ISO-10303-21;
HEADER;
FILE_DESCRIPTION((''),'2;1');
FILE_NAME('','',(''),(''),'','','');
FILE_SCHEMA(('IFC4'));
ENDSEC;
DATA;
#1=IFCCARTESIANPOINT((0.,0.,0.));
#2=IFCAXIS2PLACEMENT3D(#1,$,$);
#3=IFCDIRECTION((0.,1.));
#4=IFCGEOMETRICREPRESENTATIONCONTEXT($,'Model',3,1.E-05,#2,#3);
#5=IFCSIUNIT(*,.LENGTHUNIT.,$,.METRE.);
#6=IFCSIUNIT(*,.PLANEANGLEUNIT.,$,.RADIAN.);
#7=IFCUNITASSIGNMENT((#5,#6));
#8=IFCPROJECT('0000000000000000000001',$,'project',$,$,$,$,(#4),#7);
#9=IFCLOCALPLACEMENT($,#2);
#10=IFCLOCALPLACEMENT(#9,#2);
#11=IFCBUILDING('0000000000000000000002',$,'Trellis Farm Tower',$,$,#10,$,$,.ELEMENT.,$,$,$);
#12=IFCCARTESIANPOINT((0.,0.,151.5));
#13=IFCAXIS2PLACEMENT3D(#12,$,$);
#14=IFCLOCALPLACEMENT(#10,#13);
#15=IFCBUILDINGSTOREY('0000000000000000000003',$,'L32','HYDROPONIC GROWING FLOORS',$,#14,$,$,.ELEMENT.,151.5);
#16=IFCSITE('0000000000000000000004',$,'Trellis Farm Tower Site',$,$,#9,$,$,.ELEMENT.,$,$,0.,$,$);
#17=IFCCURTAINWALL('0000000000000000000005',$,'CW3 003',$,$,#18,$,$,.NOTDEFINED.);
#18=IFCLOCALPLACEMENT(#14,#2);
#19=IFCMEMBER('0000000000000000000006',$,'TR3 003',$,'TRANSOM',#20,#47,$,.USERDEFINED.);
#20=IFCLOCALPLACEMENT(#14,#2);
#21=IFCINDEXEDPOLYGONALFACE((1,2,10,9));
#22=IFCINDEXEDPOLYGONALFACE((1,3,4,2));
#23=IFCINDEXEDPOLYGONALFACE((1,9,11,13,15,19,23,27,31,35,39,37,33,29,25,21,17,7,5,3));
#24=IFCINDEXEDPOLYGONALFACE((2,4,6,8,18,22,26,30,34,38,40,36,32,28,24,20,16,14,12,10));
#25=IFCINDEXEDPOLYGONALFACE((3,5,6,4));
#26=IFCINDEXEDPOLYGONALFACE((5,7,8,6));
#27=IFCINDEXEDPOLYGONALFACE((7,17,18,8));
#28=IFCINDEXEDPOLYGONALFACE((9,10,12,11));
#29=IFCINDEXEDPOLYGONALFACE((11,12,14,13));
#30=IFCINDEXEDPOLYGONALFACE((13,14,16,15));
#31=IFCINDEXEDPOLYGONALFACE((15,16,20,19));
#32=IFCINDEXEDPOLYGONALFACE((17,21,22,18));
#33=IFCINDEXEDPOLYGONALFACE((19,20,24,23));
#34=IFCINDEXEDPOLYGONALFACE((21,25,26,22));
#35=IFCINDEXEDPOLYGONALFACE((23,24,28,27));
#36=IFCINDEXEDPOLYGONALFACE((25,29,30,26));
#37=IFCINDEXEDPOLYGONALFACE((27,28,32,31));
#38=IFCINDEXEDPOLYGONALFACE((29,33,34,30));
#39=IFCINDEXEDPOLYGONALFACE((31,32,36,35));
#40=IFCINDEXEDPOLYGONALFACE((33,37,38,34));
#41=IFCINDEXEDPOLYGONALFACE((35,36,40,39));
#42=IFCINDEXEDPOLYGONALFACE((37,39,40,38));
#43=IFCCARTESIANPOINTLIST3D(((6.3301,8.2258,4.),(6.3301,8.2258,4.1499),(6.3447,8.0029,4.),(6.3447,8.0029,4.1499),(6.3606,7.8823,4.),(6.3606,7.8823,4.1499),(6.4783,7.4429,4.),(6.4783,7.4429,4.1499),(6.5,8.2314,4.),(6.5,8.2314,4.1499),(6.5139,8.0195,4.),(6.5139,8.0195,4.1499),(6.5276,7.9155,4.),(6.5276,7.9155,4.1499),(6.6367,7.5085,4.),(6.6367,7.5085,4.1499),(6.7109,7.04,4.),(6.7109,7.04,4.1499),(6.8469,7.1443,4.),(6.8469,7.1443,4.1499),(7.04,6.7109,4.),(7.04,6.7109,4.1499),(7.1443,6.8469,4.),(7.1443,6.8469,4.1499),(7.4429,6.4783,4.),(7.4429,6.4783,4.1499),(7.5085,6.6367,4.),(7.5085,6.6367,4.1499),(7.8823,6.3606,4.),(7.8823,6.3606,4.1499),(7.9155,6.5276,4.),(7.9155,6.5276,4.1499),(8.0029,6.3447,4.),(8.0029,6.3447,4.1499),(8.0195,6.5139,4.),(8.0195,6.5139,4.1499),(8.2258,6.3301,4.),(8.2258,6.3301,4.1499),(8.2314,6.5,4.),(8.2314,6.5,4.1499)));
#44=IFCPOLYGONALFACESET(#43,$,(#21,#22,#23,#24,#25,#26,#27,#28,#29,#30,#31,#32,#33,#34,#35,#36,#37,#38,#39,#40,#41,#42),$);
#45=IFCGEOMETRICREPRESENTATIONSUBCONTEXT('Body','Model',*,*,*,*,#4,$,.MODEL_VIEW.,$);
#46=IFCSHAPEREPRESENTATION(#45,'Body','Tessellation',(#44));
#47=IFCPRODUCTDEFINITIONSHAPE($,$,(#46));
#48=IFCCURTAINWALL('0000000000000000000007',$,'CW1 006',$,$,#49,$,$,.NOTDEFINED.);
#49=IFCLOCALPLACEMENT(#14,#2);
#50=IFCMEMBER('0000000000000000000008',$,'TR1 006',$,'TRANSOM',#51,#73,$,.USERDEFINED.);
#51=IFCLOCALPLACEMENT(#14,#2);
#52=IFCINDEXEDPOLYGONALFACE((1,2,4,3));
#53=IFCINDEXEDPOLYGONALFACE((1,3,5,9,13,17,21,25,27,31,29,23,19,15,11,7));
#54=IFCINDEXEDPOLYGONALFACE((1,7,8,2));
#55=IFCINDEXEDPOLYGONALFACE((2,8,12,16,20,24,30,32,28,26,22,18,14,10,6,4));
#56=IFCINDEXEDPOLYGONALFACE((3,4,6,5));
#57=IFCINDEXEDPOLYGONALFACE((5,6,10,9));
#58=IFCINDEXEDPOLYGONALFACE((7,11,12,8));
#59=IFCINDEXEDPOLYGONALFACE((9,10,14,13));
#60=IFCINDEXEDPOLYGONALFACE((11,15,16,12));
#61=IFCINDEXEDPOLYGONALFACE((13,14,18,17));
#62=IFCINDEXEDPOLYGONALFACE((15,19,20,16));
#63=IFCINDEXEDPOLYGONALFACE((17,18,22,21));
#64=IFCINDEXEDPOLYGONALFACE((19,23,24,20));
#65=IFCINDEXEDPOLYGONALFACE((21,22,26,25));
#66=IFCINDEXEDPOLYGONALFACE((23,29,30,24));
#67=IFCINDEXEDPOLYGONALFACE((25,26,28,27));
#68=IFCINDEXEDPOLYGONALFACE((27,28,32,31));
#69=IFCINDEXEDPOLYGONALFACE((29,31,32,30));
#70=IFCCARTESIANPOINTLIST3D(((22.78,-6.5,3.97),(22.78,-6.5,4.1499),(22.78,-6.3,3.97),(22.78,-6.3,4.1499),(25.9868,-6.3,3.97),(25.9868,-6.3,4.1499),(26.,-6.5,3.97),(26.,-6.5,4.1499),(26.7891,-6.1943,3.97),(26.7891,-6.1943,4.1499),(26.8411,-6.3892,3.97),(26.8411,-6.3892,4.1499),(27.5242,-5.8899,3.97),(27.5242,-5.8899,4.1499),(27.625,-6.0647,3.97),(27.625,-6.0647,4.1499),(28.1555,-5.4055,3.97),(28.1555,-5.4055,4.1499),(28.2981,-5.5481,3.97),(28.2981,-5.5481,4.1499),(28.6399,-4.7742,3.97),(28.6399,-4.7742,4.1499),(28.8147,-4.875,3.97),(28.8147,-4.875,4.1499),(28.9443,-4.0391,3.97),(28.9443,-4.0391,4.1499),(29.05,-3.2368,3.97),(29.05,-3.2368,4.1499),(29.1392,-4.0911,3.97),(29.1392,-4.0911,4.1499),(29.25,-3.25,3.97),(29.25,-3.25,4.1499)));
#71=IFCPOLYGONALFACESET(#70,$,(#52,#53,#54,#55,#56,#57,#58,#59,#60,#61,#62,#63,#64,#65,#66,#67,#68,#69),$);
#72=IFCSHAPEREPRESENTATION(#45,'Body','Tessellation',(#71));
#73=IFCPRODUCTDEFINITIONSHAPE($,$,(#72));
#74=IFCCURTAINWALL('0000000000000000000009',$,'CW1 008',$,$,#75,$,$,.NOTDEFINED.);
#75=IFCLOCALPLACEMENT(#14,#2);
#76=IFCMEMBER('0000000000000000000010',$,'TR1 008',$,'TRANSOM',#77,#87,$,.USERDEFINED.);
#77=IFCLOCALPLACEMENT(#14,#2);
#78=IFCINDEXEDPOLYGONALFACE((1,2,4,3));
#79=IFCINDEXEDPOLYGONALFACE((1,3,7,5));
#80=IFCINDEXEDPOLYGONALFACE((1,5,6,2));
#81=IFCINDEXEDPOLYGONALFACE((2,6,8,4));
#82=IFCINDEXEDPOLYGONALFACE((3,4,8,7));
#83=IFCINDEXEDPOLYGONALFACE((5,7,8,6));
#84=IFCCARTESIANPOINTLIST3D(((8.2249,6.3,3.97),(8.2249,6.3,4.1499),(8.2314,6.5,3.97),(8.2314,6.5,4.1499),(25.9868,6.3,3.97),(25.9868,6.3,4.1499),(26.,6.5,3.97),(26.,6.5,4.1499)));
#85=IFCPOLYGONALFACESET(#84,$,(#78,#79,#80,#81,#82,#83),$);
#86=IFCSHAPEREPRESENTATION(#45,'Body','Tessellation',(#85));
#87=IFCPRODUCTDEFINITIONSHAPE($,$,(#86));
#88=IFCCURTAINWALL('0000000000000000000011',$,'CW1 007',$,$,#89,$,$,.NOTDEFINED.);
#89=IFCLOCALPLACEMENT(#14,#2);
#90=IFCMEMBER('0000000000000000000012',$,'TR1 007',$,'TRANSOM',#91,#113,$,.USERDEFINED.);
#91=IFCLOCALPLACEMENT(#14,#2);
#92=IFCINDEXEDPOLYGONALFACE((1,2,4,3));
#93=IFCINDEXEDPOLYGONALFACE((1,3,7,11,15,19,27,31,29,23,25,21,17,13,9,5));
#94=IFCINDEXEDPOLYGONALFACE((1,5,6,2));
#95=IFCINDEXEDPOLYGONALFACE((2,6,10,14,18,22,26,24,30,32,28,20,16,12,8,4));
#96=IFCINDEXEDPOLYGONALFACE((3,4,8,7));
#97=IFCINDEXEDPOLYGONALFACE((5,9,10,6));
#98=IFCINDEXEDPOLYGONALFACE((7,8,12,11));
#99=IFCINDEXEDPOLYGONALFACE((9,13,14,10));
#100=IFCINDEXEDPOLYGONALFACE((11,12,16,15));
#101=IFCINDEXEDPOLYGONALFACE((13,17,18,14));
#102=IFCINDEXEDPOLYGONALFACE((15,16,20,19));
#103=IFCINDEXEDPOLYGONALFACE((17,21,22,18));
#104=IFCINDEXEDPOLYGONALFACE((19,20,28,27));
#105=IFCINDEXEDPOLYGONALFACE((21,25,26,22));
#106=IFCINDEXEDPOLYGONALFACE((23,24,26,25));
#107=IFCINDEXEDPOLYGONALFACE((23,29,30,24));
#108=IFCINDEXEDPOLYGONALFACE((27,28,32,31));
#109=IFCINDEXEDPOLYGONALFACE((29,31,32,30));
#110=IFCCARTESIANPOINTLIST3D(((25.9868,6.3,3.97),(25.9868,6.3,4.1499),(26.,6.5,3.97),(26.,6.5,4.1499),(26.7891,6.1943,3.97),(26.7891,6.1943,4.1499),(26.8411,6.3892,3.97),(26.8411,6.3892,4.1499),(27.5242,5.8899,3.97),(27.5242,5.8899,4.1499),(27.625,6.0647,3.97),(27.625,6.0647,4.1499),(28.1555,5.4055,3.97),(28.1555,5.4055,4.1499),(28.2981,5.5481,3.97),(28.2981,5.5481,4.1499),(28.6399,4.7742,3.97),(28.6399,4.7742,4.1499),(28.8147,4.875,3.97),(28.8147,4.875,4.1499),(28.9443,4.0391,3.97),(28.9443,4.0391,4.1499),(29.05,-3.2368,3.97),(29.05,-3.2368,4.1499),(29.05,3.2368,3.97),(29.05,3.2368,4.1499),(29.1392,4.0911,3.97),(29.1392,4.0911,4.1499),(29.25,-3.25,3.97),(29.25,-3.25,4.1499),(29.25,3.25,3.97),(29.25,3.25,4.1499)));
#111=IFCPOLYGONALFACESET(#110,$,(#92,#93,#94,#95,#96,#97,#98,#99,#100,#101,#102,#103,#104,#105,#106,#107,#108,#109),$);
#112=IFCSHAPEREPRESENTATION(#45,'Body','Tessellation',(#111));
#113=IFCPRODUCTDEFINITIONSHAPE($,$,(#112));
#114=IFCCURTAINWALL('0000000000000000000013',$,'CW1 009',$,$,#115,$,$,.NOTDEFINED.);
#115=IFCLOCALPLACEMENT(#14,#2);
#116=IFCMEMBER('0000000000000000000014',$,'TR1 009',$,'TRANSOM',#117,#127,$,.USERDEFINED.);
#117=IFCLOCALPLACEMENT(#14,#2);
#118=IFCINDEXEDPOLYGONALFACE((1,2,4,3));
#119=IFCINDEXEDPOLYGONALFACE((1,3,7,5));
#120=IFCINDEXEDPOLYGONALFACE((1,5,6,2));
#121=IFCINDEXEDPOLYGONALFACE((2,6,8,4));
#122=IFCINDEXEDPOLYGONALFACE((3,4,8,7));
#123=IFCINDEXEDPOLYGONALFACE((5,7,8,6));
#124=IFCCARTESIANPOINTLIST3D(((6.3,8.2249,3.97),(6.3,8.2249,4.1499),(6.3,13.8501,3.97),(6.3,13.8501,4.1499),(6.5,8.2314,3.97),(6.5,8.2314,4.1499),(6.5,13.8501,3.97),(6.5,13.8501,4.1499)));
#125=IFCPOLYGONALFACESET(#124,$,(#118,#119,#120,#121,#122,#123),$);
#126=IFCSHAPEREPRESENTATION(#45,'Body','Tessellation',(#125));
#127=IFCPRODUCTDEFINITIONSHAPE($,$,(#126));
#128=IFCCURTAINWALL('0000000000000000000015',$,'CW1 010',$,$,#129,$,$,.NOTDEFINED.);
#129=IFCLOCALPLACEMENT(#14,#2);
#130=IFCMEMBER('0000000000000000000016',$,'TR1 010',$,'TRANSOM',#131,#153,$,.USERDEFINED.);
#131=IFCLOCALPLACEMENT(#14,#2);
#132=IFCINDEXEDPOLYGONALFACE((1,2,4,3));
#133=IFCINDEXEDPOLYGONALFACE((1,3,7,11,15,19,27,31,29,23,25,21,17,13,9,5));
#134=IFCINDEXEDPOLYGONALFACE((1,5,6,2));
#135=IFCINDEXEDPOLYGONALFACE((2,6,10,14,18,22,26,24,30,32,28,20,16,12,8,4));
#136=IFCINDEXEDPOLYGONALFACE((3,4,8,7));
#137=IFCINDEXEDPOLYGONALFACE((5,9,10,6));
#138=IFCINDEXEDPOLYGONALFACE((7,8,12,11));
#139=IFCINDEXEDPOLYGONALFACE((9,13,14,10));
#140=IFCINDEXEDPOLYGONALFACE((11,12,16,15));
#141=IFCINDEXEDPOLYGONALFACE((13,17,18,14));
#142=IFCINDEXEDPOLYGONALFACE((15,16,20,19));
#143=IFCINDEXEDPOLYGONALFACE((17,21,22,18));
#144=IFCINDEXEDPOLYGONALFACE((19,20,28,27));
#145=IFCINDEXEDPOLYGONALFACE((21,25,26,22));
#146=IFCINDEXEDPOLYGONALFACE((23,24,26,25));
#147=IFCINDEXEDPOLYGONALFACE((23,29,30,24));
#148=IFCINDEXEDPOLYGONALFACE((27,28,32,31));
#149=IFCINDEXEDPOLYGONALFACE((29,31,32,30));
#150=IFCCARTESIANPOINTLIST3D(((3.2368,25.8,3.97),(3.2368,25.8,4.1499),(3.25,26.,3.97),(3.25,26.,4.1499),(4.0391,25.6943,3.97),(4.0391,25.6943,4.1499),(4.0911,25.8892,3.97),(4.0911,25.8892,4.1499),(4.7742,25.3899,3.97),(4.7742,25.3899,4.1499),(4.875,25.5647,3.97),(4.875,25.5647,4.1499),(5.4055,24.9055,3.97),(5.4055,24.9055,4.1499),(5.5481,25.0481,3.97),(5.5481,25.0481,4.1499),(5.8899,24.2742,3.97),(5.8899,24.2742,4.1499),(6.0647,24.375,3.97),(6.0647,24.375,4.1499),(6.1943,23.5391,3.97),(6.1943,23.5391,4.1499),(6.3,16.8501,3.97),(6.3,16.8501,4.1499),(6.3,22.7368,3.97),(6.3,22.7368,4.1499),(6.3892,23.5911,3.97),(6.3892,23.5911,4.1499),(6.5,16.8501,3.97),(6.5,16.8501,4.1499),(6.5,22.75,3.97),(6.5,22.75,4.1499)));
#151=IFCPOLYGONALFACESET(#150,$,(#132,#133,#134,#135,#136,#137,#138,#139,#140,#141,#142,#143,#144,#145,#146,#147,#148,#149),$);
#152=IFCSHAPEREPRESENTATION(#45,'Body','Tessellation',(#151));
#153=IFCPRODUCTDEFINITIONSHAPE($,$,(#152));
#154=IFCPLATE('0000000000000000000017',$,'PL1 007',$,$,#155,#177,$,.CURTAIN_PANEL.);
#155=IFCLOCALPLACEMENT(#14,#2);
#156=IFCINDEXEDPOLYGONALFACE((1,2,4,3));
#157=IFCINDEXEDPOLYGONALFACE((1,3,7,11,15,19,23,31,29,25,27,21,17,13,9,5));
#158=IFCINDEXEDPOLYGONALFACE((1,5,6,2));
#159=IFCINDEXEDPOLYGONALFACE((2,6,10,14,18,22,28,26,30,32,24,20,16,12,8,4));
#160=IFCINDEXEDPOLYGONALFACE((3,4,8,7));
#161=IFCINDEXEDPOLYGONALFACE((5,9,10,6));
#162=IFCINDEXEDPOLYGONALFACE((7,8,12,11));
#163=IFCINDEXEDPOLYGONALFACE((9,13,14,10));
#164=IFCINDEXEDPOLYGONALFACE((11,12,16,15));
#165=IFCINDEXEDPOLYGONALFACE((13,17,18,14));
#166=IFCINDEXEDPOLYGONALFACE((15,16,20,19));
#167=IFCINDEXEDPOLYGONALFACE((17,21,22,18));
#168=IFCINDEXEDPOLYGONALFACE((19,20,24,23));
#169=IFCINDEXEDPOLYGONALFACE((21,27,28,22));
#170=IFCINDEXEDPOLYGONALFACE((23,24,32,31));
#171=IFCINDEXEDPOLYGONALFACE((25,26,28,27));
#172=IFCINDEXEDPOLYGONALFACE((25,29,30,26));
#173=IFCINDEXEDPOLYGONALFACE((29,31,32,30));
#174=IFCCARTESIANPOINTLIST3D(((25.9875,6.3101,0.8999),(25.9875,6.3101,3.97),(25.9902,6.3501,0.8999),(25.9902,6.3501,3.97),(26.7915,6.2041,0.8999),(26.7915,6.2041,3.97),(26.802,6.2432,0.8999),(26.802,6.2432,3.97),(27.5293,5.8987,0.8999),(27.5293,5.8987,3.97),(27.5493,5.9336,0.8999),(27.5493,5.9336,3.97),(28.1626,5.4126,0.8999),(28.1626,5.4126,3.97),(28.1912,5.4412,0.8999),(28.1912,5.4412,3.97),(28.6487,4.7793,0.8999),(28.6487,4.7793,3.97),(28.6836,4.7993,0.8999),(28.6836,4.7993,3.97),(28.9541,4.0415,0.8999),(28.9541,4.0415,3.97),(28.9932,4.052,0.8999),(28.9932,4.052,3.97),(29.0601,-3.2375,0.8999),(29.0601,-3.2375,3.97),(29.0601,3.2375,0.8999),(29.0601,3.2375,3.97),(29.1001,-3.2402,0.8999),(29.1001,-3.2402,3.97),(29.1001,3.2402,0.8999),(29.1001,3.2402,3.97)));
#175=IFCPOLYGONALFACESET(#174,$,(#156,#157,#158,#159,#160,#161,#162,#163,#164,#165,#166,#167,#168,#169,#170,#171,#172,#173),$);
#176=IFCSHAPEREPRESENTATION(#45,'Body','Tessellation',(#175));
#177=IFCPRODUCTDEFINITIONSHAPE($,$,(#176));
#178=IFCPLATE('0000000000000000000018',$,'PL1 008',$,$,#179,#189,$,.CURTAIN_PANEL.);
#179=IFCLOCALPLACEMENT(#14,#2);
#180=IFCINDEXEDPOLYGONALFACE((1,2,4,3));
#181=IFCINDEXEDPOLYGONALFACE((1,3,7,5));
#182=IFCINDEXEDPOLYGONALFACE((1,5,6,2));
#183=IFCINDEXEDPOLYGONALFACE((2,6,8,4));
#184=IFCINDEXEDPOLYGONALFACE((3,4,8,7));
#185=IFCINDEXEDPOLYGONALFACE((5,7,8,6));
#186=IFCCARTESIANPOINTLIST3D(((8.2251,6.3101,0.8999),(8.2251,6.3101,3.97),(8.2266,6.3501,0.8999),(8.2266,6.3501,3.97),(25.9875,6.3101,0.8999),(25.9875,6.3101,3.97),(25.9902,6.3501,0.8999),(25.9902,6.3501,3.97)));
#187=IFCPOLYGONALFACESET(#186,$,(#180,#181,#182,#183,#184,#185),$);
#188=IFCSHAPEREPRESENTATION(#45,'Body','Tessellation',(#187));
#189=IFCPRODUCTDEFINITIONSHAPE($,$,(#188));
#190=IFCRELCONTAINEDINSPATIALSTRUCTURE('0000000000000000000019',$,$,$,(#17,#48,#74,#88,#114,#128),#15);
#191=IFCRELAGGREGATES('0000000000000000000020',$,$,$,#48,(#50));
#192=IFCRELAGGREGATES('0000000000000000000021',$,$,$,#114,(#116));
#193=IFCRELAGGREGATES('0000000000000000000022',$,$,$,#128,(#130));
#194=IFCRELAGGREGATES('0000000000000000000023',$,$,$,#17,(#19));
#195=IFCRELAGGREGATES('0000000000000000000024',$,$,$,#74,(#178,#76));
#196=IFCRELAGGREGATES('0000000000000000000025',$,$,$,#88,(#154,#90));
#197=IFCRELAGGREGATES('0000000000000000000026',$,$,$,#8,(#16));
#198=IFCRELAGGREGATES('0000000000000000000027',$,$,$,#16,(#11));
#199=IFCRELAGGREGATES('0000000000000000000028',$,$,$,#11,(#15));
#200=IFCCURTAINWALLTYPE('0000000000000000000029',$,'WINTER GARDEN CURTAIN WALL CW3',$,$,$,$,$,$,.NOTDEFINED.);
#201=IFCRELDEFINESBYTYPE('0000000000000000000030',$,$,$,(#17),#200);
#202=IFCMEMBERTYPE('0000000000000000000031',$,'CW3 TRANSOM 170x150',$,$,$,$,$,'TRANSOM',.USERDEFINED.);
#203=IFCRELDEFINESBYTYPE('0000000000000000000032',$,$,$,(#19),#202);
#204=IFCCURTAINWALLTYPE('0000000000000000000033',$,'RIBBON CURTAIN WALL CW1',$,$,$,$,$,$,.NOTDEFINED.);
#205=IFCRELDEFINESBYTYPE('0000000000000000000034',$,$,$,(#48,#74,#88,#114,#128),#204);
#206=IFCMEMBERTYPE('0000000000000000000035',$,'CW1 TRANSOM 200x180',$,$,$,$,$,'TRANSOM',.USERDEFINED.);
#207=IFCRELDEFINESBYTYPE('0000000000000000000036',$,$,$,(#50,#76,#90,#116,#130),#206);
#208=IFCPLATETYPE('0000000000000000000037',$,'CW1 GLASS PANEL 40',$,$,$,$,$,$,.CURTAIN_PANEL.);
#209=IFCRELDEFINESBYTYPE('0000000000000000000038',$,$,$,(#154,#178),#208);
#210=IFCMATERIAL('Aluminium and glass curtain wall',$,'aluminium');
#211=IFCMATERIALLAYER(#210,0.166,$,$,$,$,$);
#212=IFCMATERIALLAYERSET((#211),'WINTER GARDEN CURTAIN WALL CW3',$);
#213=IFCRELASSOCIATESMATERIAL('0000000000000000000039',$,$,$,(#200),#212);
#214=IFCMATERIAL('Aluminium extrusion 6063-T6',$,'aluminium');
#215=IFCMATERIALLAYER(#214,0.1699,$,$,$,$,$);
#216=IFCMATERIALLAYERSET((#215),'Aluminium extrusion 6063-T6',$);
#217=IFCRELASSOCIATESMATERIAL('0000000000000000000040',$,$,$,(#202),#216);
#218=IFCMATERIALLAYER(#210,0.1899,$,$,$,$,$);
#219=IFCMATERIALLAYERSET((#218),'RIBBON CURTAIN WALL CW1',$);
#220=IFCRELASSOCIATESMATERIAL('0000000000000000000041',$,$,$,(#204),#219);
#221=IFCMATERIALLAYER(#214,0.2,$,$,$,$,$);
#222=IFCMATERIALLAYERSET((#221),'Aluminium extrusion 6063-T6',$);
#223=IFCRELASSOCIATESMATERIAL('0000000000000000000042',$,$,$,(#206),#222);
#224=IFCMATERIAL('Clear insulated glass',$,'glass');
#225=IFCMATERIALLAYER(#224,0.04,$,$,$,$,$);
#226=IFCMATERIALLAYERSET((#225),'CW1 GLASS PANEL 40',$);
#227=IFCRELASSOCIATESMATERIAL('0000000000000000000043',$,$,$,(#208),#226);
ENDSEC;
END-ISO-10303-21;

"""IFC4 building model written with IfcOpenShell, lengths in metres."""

from ifc_helpers import new_model, si_unit, direction, frame, origin, place, context, subcontext, project, spatial, polyline, outline, extrude, source, transform, mapped, material, layer, layer_set, type_object, element, aggregate, save


model = new_model("IFC4")

# Units and contexts
model_context = context("Model", 3, precision=1e-05, world=origin(), true_north=direction((0.0, 1.0)))
body_context = subcontext(model_context, "Body", "Model", "MODEL_VIEW")
ifc_project = project(units=[si_unit("LENGTHUNIT", "METRE"), si_unit("PLANEANGLEUNIT", "RADIAN")], contexts=[model_context])

# Site, building, storey
site_placement = place(None, origin())
site = spatial("IfcSite", under=ifc_project, at=site_placement, Name="Trellis Farm Tower Site", CompositionType="ELEMENT", RefElevation=0.0)
building_placement = place(site_placement, origin())
building = spatial("IfcBuilding", under=site, at=building_placement, Name="Trellis Farm Tower", CompositionType="ELEMENT")
storey_placement = place(building_placement, frame((0.0, 0.0, 151.5)))
storey = spatial("IfcBuildingStorey", under=building, at=storey_placement, Name="L32", Description="HYDROPONIC GROWING FLOORS", CompositionType="ELEMENT", Elevation=151.5)

# Curtain walls, members
ifc_material_1 = material(Name="Aluminium and glass curtain wall", Category="aluminium")
ifc_layer_1 = layer(ifc_material_1, 0.166)
ifc_layer_set_1 = layer_set([ifc_layer_1], Name="WINTER GARDEN CURTAIN WALL CW3")
curtain_wall_type_1 = type_object("IfcCurtainWallType", Name="WINTER GARDEN CURTAIN WALL CW3", PredefinedType="NOTDEFINED", material=ifc_layer_set_1)
placement_1 = place(storey_placement, origin())
curtain_wall_1 = element("IfcCurtainWall", 1, at=placement_1, inside=storey, type_object=curtain_wall_type_1, Name="CW3 003", PredefinedType="NOTDEFINED")
ifc_material_2 = material(Name="Aluminium extrusion 6063-T6", Category="aluminium")
ifc_layer_2 = layer(ifc_material_2, 0.1699)
ifc_layer_set_2 = layer_set([ifc_layer_2], Name="Aluminium extrusion 6063-T6")
member_type_1 = type_object("IfcMemberType", Name="CW3 TRANSOM 170x150", ElementType="TRANSOM", PredefinedType="USERDEFINED", material=ifc_layer_set_2)
shared_shape_1 = source(origin(), body_context, "Body", "SweptSolid", [
    extrude(outline(polyline([(8.2314, 6.5), (8.0195, 6.5139), (7.9155, 6.5276), (7.5085, 6.6367), (7.1443, 6.8469), (6.8469, 7.1443), (6.6367, 7.5085), (6.5276, 7.9155), (6.5139, 8.0195), (6.5, 8.2314), (6.3301, 8.2258), (6.3447, 8.0029), (6.3606, 7.8823), (6.4783, 7.4429), (6.7109, 7.04), (7.04, 6.7109), (7.4429, 6.4783), (7.8823, 6.3606), (8.0029, 6.3447), (8.2258, 6.3301), (8.2314, 6.5)])), origin(), (0.0, 0.0, 1.0), 0.1499),
])
member_1_placement = place(storey_placement, frame((0.0, 0.0, 4.0)))
member_1 = element("IfcMember", 2, at=member_1_placement, type_object=member_type_1, Name="TR3 003", ObjectType="TRANSOM", PredefinedType="USERDEFINED", context=body_context, shape_type="MappedRepresentation", body=[
    mapped(shared_shape_1, transform((0.0, 0.0, 0.0))),
])
ifc_layer_3 = layer(ifc_material_1, 0.1899)
ifc_layer_set_3 = layer_set([ifc_layer_3], Name="RIBBON CURTAIN WALL CW1")
curtain_wall_type_2 = type_object("IfcCurtainWallType", Name="RIBBON CURTAIN WALL CW1", PredefinedType="NOTDEFINED", material=ifc_layer_set_3)
curtain_wall_2 = element("IfcCurtainWall", 3, at=placement_1, inside=storey, type_object=curtain_wall_type_2, Name="CW1 006", PredefinedType="NOTDEFINED")
ifc_layer_4 = layer(ifc_material_2, 0.2)
ifc_layer_set_4 = layer_set([ifc_layer_4], Name="Aluminium extrusion 6063-T6")
member_type_2 = type_object("IfcMemberType", Name="CW1 TRANSOM 200x180", ElementType="TRANSOM", PredefinedType="USERDEFINED", material=ifc_layer_set_4)
shared_shape_2 = source(origin(), body_context, "Body", "SweptSolid", [
    extrude(outline(polyline([(22.78, -6.5), (26.0, -6.5), (26.8411, -6.3892), (27.625, -6.0647), (28.2981, -5.5481), (28.8147, -4.875), (29.1392, -4.0911), (29.25, -3.25), (29.05, -3.2368), (28.9443, -4.0391), (28.6399, -4.7742), (28.1555, -5.4055), (27.5242, -5.8899), (26.7891, -6.1943), (25.9868, -6.3), (22.78, -6.3), (22.78, -6.5)])), origin(), (0.0, 0.0, 1.0), 0.1799),
])
placement_2 = place(storey_placement, frame((0.0, 0.0, 3.97)))
member_2 = element("IfcMember", 4, at=placement_2, type_object=member_type_2, Name="TR1 006", ObjectType="TRANSOM", PredefinedType="USERDEFINED", context=body_context, shape_type="MappedRepresentation", body=[
    mapped(shared_shape_2, transform((0.0, 0.0, 0.0))),
])
aggregate(curtain_wall_2, [member_2])
curtain_wall_3 = element("IfcCurtainWall", 5, at=placement_1, inside=storey, type_object=curtain_wall_type_2, Name="CW1 008", PredefinedType="NOTDEFINED")
shared_shape_3 = source(origin(), body_context, "Body", "SweptSolid", [
    extrude(outline(polyline([(26.0, 6.5), (8.2314, 6.5), (8.2249, 6.3), (25.9868, 6.3), (26.0, 6.5)])), origin(), (0.0, 0.0, 1.0), 0.1799),
])
member_3 = element("IfcMember", 6, at=placement_2, type_object=member_type_2, Name="TR1 008", ObjectType="TRANSOM", PredefinedType="USERDEFINED", context=body_context, shape_type="MappedRepresentation", body=[
    mapped(shared_shape_3, transform((0.0, 0.0, 0.0))),
])
curtain_wall_4 = element("IfcCurtainWall", 7, at=placement_1, inside=storey, type_object=curtain_wall_type_2, Name="CW1 007", PredefinedType="NOTDEFINED")
shared_shape_4 = source(origin(), body_context, "Body", "SweptSolid", [
    extrude(outline(polyline([(29.25, -3.25), (29.25, 3.25), (29.1392, 4.0911), (28.8147, 4.875), (28.2981, 5.5481), (27.625, 6.0647), (26.8411, 6.3892), (26.0, 6.5), (25.9868, 6.3), (26.7891, 6.1943), (27.5242, 5.8899), (28.1555, 5.4055), (28.6399, 4.7742), (28.9443, 4.0391), (29.05, 3.2368), (29.05, -3.2368), (29.25, -3.25)])), origin(), (0.0, 0.0, 1.0), 0.1799),
])
member_4 = element("IfcMember", 8, at=placement_2, type_object=member_type_2, Name="TR1 007", ObjectType="TRANSOM", PredefinedType="USERDEFINED", context=body_context, shape_type="MappedRepresentation", body=[
    mapped(shared_shape_4, transform((0.0, 0.0, 0.0))),
])
curtain_wall_5 = element("IfcCurtainWall", 9, at=placement_1, inside=storey, type_object=curtain_wall_type_2, Name="CW1 009", PredefinedType="NOTDEFINED")
shared_shape_5 = source(origin(), body_context, "Body", "SweptSolid", [
    extrude(outline(polyline([(6.5, 8.2314), (6.5, 13.8501), (6.3, 13.8501), (6.3, 8.2249), (6.5, 8.2314)])), origin(), (0.0, 0.0, 1.0), 0.1799),
])
member_5 = element("IfcMember", 10, at=placement_2, type_object=member_type_2, Name="TR1 009", ObjectType="TRANSOM", PredefinedType="USERDEFINED", context=body_context, shape_type="MappedRepresentation", body=[
    mapped(shared_shape_5, transform((0.0, 0.0, 0.0))),
])
curtain_wall_6 = element("IfcCurtainWall", 11, at=placement_1, inside=storey, type_object=curtain_wall_type_2, Name="CW1 010", PredefinedType="NOTDEFINED")
shared_shape_6 = source(origin(), body_context, "Body", "SweptSolid", [
    extrude(outline(polyline([(6.5, 16.8501), (6.5, 22.75), (6.3892, 23.5911), (6.0647, 24.375), (5.5481, 25.0481), (4.875, 25.5647), (4.0911, 25.8892), (3.25, 26.0), (3.2368, 25.8), (4.0391, 25.6943), (4.7742, 25.3899), (5.4055, 24.9055), (5.8899, 24.2742), (6.1943, 23.5391), (6.3, 22.7368), (6.3, 16.8501), (6.5, 16.8501)])), origin(), (0.0, 0.0, 1.0), 0.1799),
])
member_6 = element("IfcMember", 12, at=placement_2, type_object=member_type_2, Name="TR1 010", ObjectType="TRANSOM", PredefinedType="USERDEFINED", context=body_context, shape_type="MappedRepresentation", body=[
    mapped(shared_shape_6, transform((0.0, 0.0, 0.0))),
])

# Plates
ifc_material_3 = material(Name="Clear insulated glass", Category="glass")
ifc_layer_5 = layer(ifc_material_3, 0.04)
ifc_layer_set_5 = layer_set([ifc_layer_5], Name="CW1 GLASS PANEL 40")
plate_type_1 = type_object("IfcPlateType", Name="CW1 GLASS PANEL 40", PredefinedType="CURTAIN_PANEL", material=ifc_layer_set_5)
placement_3 = place(storey_placement, frame((0.0, 0.0, 0.8999)))
plate_1 = element("IfcPlate", 13, at=placement_3, type_object=plate_type_1, Name="PL1 007", PredefinedType="CURTAIN_PANEL", context=body_context, shape_type="SweptSolid", body=[
    extrude(outline(polyline([(29.1001, -3.2402), (29.1001, 3.2402), (28.9932, 4.052), (28.6836, 4.7993), (28.1912, 5.4412), (27.5493, 5.9336), (26.802, 6.2432), (25.9902, 6.3501), (25.9875, 6.3101), (26.7915, 6.2041), (27.5293, 5.8987), (28.1626, 5.4126), (28.6487, 4.7793), (28.9541, 4.0415), (29.0601, 3.2375), (29.0601, -3.2375), (29.1001, -3.2402)])), origin(), (0.0, 0.0, 1.0), 3.0701),
])
plate_2 = element("IfcPlate", 14, at=placement_3, type_object=plate_type_1, Name="PL1 008", PredefinedType="CURTAIN_PANEL", context=body_context, shape_type="SweptSolid", body=[
    extrude(outline(polyline([(25.9902, 6.3501), (8.2266, 6.3501), (8.2251, 6.3101), (25.9875, 6.3101), (25.9902, 6.3501)])), origin(), (0.0, 0.0, 1.0), 3.0701),
])
aggregate(curtain_wall_5, [member_5])
aggregate(curtain_wall_6, [member_6])
aggregate(curtain_wall_1, [member_1])
aggregate(curtain_wall_3, [plate_2, member_3])
aggregate(curtain_wall_4, [plate_1, member_4])

save(model, "model.ifc")
